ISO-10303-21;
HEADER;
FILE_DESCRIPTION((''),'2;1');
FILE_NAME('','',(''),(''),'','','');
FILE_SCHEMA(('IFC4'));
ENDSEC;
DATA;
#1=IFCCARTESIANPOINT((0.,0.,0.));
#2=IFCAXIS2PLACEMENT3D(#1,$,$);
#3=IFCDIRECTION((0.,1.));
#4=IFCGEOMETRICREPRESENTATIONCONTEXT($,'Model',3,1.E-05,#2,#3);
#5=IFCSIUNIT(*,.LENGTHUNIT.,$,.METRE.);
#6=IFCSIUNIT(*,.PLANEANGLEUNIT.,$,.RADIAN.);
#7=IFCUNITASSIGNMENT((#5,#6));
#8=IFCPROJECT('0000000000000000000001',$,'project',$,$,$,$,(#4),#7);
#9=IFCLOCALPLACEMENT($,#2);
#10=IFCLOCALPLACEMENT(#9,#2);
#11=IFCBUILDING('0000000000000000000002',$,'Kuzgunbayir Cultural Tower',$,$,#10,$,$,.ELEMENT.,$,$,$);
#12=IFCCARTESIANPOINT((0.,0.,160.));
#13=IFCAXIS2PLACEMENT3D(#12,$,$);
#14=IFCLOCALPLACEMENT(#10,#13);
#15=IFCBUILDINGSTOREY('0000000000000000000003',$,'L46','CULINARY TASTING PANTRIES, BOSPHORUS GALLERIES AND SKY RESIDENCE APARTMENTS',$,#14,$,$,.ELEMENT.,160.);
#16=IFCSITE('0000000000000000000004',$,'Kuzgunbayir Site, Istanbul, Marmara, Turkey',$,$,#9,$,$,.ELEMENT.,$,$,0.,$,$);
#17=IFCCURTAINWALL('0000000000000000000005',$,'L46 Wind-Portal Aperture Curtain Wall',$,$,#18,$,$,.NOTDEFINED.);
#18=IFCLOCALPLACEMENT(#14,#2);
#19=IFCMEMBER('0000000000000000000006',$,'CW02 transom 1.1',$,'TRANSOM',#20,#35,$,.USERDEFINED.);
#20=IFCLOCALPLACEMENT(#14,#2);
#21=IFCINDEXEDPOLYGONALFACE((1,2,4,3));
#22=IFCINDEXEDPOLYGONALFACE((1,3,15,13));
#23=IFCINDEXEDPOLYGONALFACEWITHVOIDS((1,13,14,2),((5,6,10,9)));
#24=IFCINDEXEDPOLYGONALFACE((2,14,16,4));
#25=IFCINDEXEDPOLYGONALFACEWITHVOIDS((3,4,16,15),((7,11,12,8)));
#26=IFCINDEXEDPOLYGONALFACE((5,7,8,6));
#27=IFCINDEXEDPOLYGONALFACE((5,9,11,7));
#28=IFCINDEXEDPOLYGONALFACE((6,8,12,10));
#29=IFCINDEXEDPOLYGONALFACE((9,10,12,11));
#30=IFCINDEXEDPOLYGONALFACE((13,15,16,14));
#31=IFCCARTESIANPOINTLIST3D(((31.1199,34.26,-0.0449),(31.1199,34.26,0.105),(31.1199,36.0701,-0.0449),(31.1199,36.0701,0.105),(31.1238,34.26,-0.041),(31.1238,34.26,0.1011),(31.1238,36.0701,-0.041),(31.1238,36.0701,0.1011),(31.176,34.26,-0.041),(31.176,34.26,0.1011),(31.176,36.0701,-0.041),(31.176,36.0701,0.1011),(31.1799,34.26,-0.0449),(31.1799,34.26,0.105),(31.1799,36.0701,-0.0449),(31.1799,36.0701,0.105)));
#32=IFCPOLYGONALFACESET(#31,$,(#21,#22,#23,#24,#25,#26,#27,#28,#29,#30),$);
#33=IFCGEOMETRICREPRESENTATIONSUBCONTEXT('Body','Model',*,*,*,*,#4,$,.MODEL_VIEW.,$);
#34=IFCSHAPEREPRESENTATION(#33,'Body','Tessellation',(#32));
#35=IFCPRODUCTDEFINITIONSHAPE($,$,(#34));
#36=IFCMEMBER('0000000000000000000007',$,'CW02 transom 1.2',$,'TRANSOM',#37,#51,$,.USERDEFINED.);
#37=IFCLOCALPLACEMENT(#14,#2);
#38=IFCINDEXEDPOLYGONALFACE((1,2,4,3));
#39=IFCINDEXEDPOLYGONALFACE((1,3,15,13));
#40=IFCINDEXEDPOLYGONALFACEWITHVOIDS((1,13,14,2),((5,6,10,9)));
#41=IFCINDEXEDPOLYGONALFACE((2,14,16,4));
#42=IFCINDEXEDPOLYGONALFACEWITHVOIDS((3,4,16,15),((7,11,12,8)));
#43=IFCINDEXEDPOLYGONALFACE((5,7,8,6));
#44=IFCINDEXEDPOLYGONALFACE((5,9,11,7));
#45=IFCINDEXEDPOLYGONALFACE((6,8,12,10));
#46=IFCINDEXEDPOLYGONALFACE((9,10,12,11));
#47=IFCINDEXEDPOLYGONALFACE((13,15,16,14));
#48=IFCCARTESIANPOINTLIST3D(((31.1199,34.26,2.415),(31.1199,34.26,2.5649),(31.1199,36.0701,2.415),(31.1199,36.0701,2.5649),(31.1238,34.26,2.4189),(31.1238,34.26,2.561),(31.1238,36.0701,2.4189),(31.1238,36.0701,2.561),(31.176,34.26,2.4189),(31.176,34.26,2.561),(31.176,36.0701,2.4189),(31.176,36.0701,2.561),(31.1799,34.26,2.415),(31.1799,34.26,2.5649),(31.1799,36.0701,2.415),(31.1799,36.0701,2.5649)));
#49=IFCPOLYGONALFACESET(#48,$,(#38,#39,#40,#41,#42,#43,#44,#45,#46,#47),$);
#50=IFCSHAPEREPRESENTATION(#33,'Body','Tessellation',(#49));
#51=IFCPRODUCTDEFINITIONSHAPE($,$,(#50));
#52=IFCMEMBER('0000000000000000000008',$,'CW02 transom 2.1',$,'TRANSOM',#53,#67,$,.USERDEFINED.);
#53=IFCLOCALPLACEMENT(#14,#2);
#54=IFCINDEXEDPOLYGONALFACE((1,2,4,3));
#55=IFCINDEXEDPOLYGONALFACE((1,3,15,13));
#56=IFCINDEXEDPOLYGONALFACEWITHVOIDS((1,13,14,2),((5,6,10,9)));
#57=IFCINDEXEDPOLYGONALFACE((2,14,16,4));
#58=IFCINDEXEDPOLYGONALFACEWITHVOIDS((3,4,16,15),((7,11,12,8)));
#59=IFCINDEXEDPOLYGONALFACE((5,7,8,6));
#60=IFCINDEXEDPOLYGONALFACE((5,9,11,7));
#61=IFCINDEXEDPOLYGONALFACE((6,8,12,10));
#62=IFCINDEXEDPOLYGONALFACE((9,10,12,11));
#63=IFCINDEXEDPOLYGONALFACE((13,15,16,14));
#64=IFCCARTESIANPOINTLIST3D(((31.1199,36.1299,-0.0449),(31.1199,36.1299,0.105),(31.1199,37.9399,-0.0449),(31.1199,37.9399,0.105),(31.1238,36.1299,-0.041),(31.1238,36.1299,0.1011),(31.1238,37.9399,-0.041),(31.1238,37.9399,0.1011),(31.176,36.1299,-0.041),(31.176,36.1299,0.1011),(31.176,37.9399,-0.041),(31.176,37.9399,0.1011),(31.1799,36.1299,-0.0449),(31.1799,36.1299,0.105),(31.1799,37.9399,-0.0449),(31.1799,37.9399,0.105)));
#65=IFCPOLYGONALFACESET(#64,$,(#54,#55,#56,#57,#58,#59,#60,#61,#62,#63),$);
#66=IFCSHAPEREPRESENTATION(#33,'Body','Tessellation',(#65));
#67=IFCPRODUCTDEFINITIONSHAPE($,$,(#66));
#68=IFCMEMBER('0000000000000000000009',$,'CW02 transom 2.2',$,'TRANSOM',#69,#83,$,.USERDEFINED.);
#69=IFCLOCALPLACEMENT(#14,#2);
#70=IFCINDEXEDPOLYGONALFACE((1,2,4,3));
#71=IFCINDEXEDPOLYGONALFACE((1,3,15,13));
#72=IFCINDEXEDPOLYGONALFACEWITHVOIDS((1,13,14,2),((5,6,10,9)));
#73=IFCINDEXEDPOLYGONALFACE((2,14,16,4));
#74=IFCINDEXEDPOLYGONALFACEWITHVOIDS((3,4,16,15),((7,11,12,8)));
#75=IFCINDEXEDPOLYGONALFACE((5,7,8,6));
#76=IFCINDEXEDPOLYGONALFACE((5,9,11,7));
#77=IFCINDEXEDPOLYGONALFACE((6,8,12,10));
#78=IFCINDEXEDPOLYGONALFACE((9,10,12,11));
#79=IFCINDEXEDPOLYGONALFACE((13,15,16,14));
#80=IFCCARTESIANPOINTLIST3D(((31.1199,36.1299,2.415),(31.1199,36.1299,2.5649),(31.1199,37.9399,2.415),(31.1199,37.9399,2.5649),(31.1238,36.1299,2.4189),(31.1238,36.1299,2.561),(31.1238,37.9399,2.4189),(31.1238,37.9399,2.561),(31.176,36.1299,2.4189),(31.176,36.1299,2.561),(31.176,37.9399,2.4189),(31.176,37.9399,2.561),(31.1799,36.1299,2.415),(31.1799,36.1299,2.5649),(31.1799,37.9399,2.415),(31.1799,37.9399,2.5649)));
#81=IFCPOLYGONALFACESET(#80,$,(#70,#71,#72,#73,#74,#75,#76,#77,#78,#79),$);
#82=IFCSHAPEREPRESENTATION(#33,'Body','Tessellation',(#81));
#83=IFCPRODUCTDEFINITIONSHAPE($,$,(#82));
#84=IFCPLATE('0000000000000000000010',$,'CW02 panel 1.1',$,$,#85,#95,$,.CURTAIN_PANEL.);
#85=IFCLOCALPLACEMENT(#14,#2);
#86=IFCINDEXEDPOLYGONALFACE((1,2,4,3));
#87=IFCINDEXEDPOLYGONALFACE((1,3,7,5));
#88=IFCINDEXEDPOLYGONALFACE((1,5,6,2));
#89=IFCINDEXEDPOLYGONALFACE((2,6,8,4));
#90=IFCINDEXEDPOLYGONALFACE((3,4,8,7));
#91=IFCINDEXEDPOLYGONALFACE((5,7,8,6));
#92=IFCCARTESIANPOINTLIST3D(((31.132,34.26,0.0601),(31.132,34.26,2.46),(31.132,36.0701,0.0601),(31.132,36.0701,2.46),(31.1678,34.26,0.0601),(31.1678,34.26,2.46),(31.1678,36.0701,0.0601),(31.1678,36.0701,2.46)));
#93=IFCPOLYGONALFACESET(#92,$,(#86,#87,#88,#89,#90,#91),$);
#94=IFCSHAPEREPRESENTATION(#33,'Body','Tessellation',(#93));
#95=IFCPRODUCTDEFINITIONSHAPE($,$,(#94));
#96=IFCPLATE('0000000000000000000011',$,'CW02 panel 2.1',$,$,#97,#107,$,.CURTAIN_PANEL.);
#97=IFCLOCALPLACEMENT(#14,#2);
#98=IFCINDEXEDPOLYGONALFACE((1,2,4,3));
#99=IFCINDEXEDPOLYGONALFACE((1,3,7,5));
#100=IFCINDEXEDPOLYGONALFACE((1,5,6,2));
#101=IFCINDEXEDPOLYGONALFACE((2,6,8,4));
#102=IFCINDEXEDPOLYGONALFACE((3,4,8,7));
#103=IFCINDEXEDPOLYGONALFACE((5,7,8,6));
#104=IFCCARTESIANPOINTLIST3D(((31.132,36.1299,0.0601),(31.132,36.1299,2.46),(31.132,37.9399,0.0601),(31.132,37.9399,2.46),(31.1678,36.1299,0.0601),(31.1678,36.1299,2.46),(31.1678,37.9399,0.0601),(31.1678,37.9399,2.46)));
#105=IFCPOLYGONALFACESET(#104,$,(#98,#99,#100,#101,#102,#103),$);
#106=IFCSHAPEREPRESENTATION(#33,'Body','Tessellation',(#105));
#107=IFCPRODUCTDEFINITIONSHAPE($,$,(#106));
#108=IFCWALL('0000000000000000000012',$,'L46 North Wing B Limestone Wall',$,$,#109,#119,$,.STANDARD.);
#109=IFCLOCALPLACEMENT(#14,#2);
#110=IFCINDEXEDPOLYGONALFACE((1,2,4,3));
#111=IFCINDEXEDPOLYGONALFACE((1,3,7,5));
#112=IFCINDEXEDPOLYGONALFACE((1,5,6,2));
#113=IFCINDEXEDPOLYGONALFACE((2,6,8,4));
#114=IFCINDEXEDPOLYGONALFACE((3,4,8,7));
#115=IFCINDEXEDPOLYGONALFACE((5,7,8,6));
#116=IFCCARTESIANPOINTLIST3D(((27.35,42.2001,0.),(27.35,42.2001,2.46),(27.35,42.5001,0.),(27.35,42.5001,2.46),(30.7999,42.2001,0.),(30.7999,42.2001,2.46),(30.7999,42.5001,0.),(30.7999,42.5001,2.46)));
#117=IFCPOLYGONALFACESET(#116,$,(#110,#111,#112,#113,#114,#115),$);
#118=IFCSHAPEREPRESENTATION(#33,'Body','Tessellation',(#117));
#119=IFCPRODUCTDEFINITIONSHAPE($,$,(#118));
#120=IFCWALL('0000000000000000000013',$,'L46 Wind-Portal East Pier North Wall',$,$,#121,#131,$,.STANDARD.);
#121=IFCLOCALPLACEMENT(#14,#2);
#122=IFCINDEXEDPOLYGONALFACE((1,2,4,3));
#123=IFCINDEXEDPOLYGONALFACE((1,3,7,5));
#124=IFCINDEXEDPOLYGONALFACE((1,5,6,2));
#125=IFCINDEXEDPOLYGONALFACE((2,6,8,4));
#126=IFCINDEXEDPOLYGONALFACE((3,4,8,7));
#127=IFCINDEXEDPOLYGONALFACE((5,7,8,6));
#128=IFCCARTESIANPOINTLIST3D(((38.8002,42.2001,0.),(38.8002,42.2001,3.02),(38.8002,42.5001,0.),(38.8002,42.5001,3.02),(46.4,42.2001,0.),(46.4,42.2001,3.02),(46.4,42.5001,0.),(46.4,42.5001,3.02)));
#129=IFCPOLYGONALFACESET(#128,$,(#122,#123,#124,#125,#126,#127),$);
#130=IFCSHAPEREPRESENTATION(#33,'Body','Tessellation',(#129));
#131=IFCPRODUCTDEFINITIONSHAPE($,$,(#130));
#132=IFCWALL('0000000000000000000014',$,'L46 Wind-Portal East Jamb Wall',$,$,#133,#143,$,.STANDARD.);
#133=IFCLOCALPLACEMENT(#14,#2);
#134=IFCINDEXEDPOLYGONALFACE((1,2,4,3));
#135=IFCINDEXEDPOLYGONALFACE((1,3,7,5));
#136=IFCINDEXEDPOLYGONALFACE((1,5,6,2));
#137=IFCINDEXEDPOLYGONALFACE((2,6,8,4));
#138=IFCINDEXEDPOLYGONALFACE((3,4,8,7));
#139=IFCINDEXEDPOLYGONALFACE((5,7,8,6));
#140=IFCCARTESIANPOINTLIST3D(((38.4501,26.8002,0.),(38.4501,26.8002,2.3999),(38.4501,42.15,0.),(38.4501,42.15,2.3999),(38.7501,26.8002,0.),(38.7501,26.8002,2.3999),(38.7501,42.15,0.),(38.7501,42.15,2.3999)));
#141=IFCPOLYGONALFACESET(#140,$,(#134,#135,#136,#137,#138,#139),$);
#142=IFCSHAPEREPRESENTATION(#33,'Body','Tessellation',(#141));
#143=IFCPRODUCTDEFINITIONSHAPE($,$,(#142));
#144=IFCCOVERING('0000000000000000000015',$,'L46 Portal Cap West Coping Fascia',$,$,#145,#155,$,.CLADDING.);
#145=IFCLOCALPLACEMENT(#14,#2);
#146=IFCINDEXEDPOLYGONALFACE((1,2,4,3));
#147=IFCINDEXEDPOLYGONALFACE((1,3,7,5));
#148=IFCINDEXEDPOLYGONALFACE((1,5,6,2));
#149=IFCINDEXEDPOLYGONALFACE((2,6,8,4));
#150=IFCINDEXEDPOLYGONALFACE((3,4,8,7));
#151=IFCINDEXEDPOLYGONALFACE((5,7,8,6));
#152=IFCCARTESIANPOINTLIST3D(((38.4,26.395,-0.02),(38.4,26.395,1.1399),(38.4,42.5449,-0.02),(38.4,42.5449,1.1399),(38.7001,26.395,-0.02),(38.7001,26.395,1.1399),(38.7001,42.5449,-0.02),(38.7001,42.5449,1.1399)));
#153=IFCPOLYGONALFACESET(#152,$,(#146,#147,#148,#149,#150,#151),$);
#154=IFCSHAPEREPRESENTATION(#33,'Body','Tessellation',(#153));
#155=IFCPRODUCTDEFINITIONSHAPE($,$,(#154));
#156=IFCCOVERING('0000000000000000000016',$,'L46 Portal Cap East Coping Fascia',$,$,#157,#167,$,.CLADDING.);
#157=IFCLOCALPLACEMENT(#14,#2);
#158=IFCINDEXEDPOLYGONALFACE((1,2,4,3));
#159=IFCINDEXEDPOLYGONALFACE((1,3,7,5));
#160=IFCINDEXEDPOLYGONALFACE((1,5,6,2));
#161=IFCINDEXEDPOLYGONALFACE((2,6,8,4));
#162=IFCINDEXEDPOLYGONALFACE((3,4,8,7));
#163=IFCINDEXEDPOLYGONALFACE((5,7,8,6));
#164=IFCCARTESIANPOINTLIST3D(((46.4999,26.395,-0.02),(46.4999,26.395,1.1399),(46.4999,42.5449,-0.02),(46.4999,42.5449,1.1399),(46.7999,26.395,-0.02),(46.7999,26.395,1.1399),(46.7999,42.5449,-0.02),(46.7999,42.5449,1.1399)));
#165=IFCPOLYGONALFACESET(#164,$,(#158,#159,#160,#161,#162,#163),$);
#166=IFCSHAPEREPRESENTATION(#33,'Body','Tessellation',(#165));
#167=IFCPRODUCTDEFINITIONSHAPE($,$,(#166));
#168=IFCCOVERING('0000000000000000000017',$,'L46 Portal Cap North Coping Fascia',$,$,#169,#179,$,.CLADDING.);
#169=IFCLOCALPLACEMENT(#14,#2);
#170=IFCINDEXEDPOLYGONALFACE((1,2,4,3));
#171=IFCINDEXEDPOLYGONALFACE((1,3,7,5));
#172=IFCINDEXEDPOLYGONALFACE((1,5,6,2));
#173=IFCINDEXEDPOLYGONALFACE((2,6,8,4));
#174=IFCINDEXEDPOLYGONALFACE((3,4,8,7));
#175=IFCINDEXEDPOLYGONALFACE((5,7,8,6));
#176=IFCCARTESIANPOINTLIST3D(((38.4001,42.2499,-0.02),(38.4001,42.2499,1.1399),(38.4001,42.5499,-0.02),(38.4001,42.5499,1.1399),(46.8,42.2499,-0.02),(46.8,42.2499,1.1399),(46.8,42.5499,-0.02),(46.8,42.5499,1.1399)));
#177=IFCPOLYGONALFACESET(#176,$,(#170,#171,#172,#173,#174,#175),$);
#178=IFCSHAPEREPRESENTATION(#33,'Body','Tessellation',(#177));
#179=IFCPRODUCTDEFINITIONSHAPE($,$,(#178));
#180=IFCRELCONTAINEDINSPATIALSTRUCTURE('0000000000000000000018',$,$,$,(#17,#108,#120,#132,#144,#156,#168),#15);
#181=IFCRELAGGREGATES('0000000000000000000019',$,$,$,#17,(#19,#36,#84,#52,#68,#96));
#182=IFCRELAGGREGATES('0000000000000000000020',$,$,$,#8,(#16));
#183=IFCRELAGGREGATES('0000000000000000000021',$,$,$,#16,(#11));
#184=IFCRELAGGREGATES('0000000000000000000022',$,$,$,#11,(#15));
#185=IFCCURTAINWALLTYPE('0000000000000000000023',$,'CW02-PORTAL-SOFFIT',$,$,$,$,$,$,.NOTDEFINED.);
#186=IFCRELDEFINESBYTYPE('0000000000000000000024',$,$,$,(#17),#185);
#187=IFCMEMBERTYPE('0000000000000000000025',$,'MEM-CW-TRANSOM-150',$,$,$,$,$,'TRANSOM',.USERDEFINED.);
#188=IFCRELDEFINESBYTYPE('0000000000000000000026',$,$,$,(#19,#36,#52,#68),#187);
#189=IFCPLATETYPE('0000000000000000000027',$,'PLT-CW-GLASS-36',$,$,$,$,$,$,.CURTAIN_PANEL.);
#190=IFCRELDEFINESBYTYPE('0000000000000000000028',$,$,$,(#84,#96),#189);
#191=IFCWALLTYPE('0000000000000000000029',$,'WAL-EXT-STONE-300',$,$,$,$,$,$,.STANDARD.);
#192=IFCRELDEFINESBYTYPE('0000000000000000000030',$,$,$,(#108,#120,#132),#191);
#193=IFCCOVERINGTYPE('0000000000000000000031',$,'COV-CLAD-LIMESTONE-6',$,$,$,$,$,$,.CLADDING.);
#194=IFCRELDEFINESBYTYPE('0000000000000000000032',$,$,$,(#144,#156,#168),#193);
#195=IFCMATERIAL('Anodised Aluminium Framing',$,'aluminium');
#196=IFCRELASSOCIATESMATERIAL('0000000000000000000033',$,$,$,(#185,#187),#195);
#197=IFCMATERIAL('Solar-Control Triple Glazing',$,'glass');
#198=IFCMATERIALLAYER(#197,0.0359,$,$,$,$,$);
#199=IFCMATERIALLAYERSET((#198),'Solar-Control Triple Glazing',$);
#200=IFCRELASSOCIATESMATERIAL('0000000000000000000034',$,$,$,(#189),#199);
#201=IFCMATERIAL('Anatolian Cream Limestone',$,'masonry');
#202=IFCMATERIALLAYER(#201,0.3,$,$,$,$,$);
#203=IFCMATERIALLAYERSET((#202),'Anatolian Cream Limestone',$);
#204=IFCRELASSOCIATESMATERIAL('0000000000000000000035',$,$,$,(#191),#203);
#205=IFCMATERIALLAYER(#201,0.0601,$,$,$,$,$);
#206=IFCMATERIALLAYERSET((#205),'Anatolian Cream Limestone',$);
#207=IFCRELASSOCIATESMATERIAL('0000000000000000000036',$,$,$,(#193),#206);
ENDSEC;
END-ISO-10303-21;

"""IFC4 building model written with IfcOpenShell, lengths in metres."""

from ifc_helpers import new_model, si_unit, direction, frame, frame_2d, origin, origin_2d, place, context, subcontext, project, spatial, rectangle, hollow_rectangle, extrude, material, layer, layer_set, material_profile, profile_set, type_object, element, aggregate, save


model = new_model("IFC4")

# Units and contexts
model_context = context("Model", 3, precision=1e-05, world=origin(), true_north=direction((0.0, 1.0)))
body_context = subcontext(model_context, "Body", "Model", "MODEL_VIEW")
ifc_project = project(units=[si_unit("LENGTHUNIT", "METRE"), si_unit("PLANEANGLEUNIT", "RADIAN")], contexts=[model_context])

# Site, building, storey
site_placement = place(None, origin())
site = spatial("IfcSite", under=ifc_project, at=site_placement, Name="Kuzgunbayir Site, Istanbul, Marmara, Turkey", CompositionType="ELEMENT", RefElevation=0.0)
building_placement = place(site_placement, origin())
building = spatial("IfcBuilding", under=site, at=building_placement, Name="Kuzgunbayir Cultural Tower", CompositionType="ELEMENT")
storey_placement = place(building_placement, frame((0.0, 0.0, 160.0)))
storey = spatial("IfcBuildingStorey", under=building, at=storey_placement, Name="L46", Description="CULINARY TASTING PANTRIES, BOSPHORUS GALLERIES AND SKY RESIDENCE APARTMENTS", CompositionType="ELEMENT", Elevation=160.0)

# Curtain wall, members, plates
ifc_material_1 = material(Name="Anodised Aluminium Framing", Category="aluminium")
curtain_wall_type = type_object("IfcCurtainWallType", Name="CW02-PORTAL-SOFFIT", PredefinedType="NOTDEFINED", material=ifc_material_1)
curtain_wall_placement = place(storey_placement, origin())
curtain_wall = element("IfcCurtainWall", 1, at=curtain_wall_placement, inside=storey, type_object=curtain_wall_type, Name="L46 Wind-Portal Aperture Curtain Wall", PredefinedType="NOTDEFINED")
ifc_material_profile_1 = material_profile(ifc_material_1, hollow_rectangle(XDim=0.0601, YDim=0.1499, WallThickness=0.0039, at=origin_2d()), Name="RHS 150x60x4")
ifc_profile_set_1 = profile_set([ifc_material_profile_1], Name="Anodised Aluminium Framing")
member_type_1 = type_object("IfcMemberType", Name="MEM-CW-TRANSOM-150", ElementType="TRANSOM", PredefinedType="USERDEFINED", material=ifc_profile_set_1)
member_1_placement = place(storey_placement, frame((31.1499, 34.26, 0.03), z_axis=(0.0, 1.0, 0.0), x_axis=(-1.0, 0.0, 0.0)))
member_1 = element("IfcMember", 2, at=member_1_placement, type_object=member_type_1, Name="CW02 transom 1.1", ObjectType="TRANSOM", PredefinedType="USERDEFINED", context=body_context, shape_type="SweptSolid", body=[
    extrude(hollow_rectangle(XDim=0.0601, YDim=0.1499, WallThickness=0.0039, at=origin_2d()), origin(), (0.0, 0.0, 1.0), 1.8101),
])
member_2_placement = place(storey_placement, frame((31.1499, 34.26, 2.49), z_axis=(0.0, 1.0, 0.0), x_axis=(-1.0, 0.0, 0.0)))
member_2 = element("IfcMember", 3, at=member_2_placement, type_object=member_type_1, Name="CW02 transom 1.2", ObjectType="TRANSOM", PredefinedType="USERDEFINED", context=body_context, shape_type="SweptSolid", body=[
    extrude(hollow_rectangle(XDim=0.0601, YDim=0.1499, WallThickness=0.0039, at=origin_2d()), origin(), (0.0, 0.0, 1.0), 1.8101),
])
member_3_placement = place(storey_placement, frame((31.1499, 36.1299, 0.03), z_axis=(0.0, 1.0, 0.0), x_axis=(-1.0, 0.0, 0.0)))
member_3 = element("IfcMember", 4, at=member_3_placement, type_object=member_type_1, Name="CW02 transom 2.1", ObjectType="TRANSOM", PredefinedType="USERDEFINED", context=body_context, shape_type="SweptSolid", body=[
    extrude(hollow_rectangle(XDim=0.0601, YDim=0.1499, WallThickness=0.0039, at=origin_2d()), origin(), (0.0, 0.0, 1.0), 1.8101),
])
member_4_placement = place(storey_placement, frame((31.1499, 36.1299, 2.49), z_axis=(0.0, 1.0, 0.0), x_axis=(-1.0, 0.0, 0.0)))
member_4 = element("IfcMember", 5, at=member_4_placement, type_object=member_type_1, Name="CW02 transom 2.2", ObjectType="TRANSOM", PredefinedType="USERDEFINED", context=body_context, shape_type="SweptSolid", body=[
    extrude(hollow_rectangle(XDim=0.0601, YDim=0.1499, WallThickness=0.0039, at=origin_2d()), origin(), (0.0, 0.0, 1.0), 1.8101),
])
ifc_material_2 = material(Name="Solar-Control Triple Glazing", Category="glass")
ifc_layer_1 = layer(ifc_material_2, 0.0359)
ifc_layer_set_1 = layer_set([ifc_layer_1], Name="Solar-Control Triple Glazing")
plate_type = type_object("IfcPlateType", Name="PLT-CW-GLASS-36", PredefinedType="CURTAIN_PANEL", material=ifc_layer_set_1)
plate_1_placement = place(storey_placement, frame((31.1499, 35.165, 0.0601), z_axis=(0.0, 0.0, 1.0), x_axis=(0.0, 1.0, 0.0)))
plate_1 = element("IfcPlate", 6, at=plate_1_placement, type_object=plate_type, Name="CW02 panel 1.1", PredefinedType="CURTAIN_PANEL", context=body_context, shape_type="SweptSolid", body=[
    extrude(rectangle(XDim=1.8101, YDim=0.0359, at=origin_2d()), origin(), (0.0, 0.0, 1.0), 2.3999),
])
plate_2_placement = place(storey_placement, frame((31.1499, 37.0349, 0.0601), z_axis=(0.0, 0.0, 1.0), x_axis=(0.0, 1.0, 0.0)))
plate_2 = element("IfcPlate", 7, at=plate_2_placement, type_object=plate_type, Name="CW02 panel 2.1", PredefinedType="CURTAIN_PANEL", context=body_context, shape_type="SweptSolid", body=[
    extrude(rectangle(XDim=1.8101, YDim=0.0359, at=origin_2d()), origin(), (0.0, 0.0, 1.0), 2.3999),
])
aggregate(curtain_wall, [member_1, member_2, plate_1, member_3, member_4, plate_2])

# Walls
ifc_material_3 = material(Name="Anatolian Cream Limestone", Category="masonry")
ifc_layer_2 = layer(ifc_material_3, 0.3)
ifc_layer_set_2 = layer_set([ifc_layer_2], Name="Anatolian Cream Limestone")
wall_type = type_object("IfcWallType", Name="WAL-EXT-STONE-300", PredefinedType="STANDARD", material=ifc_layer_set_2)
wall_1_placement = place(storey_placement, frame((30.8, 42.3501, 0.0), z_axis=(0.0, 0.0, 1.0), x_axis=(-1.0, 0.0, 0.0)))
element("IfcWall", 8, at=wall_1_placement, inside=storey, type_object=wall_type, Name="L46 North Wing B Limestone Wall", PredefinedType="STANDARD", context=body_context, shape_type="SweptSolid", body=[
    extrude(rectangle(XDim=3.45, YDim=0.3, at=frame_2d((1.7251, 0.0))), origin(), (0.0, 0.0, 1.0), 2.46),
])
wall_2_placement = place(storey_placement, frame((46.3999, 42.3501, 0.0), z_axis=(0.0, 0.0, 1.0), x_axis=(-1.0, 0.0, 0.0)))
element("IfcWall", 9, at=wall_2_placement, inside=storey, type_object=wall_type, Name="L46 Wind-Portal East Pier North Wall", PredefinedType="STANDARD", context=body_context, shape_type="SweptSolid", body=[
    extrude(rectangle(XDim=7.5999, YDim=0.3, at=frame_2d((3.7998, 0.0))), origin(), (0.0, 0.0, 1.0), 3.02),
])
wall_3_placement = place(storey_placement, frame((38.6001, 42.1499, 0.0), z_axis=(0.0, 0.0, 1.0), x_axis=(0.0, -1.0, 0.0)))
element("IfcWall", 10, at=wall_3_placement, inside=storey, type_object=wall_type, Name="L46 Wind-Portal East Jamb Wall", PredefinedType="STANDARD", context=body_context, shape_type="SweptSolid", body=[
    extrude(rectangle(XDim=15.3499, YDim=0.3, at=frame_2d((7.6748, 0.0))), origin(), (0.0, 0.0, 1.0), 2.3999),
])

# Coverings
ifc_layer_3 = layer(ifc_material_3, 0.0601)
ifc_layer_set_3 = layer_set([ifc_layer_3], Name="Anatolian Cream Limestone")
covering_type = type_object("IfcCoveringType", Name="COV-CLAD-LIMESTONE-6", PredefinedType="CLADDING", material=ifc_layer_set_3)
for number, where, z_axis, x_axis, name in (
    (11, (38.55, 34.47, -0.02), (0.0, 0.0, 1.0), (1.0, 0.0, 0.0), "L46 Portal Cap West Coping Fascia"),
    (12, (46.6499, 34.47, -0.02), (0.0, 0.0, 1.0), (1.0, 0.0, 0.0), "L46 Portal Cap East Coping Fascia"),
):
    element("IfcCovering", number, at=place(storey_placement, frame(where, z_axis=z_axis, x_axis=x_axis)), inside=storey, type_object=covering_type, Name=name, PredefinedType="CLADDING", context=body_context, shape_type="SweptSolid", body=[
        extrude(rectangle(XDim=0.3, YDim=16.1499, at=origin_2d()), origin(), (0.0, 0.0, 1.0), 1.1599),
    ])
covering_placement = place(storey_placement, frame((42.6001, 42.3999, -0.02), z_axis=(0.0, 0.0, 1.0), x_axis=(1.0, 0.0, 0.0)))
element("IfcCovering", 13, at=covering_placement, inside=storey, type_object=covering_type, Name="L46 Portal Cap North Coping Fascia", PredefinedType="CLADDING", context=body_context, shape_type="SweptSolid", body=[
    extrude(rectangle(XDim=8.3999, YDim=0.3, at=origin_2d()), origin(), (0.0, 0.0, 1.0), 1.1599),
])

save(model, "model.ifc")
